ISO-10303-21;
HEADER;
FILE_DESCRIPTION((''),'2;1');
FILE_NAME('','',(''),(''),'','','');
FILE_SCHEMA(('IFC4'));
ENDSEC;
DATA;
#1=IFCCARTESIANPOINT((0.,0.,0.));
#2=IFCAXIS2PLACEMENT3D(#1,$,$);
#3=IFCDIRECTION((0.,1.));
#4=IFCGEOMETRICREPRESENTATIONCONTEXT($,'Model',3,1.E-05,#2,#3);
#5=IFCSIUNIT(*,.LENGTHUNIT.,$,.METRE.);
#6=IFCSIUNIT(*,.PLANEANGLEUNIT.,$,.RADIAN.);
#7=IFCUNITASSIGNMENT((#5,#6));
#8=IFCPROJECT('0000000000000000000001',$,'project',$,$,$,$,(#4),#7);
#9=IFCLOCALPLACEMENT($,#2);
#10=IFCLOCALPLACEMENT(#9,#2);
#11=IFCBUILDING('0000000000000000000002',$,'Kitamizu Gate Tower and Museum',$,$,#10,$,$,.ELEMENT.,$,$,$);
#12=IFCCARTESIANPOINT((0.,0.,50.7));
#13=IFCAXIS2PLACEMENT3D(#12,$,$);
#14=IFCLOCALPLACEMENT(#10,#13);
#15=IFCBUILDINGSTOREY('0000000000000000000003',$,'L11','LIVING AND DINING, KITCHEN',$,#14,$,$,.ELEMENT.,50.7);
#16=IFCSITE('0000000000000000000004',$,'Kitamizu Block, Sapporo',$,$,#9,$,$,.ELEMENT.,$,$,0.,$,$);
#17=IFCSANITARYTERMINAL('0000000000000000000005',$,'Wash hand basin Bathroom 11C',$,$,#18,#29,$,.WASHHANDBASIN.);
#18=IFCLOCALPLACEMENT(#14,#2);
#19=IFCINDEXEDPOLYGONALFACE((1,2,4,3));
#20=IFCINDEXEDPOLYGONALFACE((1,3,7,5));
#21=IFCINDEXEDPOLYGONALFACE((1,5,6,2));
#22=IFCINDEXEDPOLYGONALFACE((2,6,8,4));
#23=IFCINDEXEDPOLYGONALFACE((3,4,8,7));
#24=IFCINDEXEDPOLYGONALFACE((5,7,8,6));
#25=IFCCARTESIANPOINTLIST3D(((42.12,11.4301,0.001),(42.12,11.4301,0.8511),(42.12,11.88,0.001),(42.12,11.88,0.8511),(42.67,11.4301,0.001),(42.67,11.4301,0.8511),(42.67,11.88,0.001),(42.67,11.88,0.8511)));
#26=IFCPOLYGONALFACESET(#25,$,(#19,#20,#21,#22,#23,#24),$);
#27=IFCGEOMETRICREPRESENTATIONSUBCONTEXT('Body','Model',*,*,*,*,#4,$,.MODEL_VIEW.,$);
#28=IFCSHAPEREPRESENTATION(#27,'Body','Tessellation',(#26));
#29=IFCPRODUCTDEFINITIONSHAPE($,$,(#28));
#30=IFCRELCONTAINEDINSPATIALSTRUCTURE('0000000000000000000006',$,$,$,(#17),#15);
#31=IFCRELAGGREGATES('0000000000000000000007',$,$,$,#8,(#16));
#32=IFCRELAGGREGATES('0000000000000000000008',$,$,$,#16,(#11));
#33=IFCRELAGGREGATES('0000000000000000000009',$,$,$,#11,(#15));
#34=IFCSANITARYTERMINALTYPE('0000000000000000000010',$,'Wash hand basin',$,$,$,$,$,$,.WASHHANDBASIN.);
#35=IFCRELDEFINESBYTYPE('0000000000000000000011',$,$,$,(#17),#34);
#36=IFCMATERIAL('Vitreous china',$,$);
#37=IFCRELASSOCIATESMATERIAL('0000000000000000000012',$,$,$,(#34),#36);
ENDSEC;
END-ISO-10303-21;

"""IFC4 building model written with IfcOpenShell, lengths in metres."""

from ifc_helpers import new_model, si_unit, direction, frame, origin, origin_2d, place, context, subcontext, project, spatial, rectangle, extrude, material, type_object, element, save


model = new_model("IFC4")

# Units and contexts
model_context = context("Model", 3, precision=1e-05, world=origin(), true_north=direction((0.0, 1.0)))
body_context = subcontext(model_context, "Body", "Model", "MODEL_VIEW")
ifc_project = project(units=[si_unit("LENGTHUNIT", "METRE"), si_unit("PLANEANGLEUNIT", "RADIAN")], contexts=[model_context])

# Site, building, storey
site_placement = place(None, origin())
site = spatial("IfcSite", under=ifc_project, at=site_placement, Name="Kitamizu Block, Sapporo", CompositionType="ELEMENT", RefElevation=0.0)
building_placement = place(site_placement, origin())
building = spatial("IfcBuilding", under=site, at=building_placement, Name="Kitamizu Gate Tower and Museum", CompositionType="ELEMENT")
storey_placement = place(building_placement, frame((0.0, 0.0, 50.7)))
storey = spatial("IfcBuildingStorey", under=building, at=storey_placement, Name="L11", Description="LIVING AND DINING, KITCHEN", CompositionType="ELEMENT", Elevation=50.7)

# Sanitary terminal
ifc_material_1 = material(Name="Vitreous china")
sanitary_terminal_type_1 = type_object("IfcSanitaryTerminalType", Name="Wash hand basin", PredefinedType="WASHHANDBASIN", material=ifc_material_1)
for number, where, z_axis, x_axis, name in (
    (1, (42.395, 11.655, 0.001), (0.0, 0.0, 1.0), (1.0, 0.0, 0.0), "Wash hand basin Bathroom 11C"),
):
    element("IfcSanitaryTerminal", number, at=place(storey_placement, frame(where, z_axis=z_axis, x_axis=x_axis)), inside=storey, type_object=sanitary_terminal_type_1, Name=name, PredefinedType="WASHHANDBASIN", context=body_context, shape_type="SweptSolid", body=[
        extrude(rectangle(XDim=0.55, YDim=0.45, at=origin_2d()), origin(), (0.0, 0.0, 1.0), 0.8501),
    ])

save(model, "model.ifc")
